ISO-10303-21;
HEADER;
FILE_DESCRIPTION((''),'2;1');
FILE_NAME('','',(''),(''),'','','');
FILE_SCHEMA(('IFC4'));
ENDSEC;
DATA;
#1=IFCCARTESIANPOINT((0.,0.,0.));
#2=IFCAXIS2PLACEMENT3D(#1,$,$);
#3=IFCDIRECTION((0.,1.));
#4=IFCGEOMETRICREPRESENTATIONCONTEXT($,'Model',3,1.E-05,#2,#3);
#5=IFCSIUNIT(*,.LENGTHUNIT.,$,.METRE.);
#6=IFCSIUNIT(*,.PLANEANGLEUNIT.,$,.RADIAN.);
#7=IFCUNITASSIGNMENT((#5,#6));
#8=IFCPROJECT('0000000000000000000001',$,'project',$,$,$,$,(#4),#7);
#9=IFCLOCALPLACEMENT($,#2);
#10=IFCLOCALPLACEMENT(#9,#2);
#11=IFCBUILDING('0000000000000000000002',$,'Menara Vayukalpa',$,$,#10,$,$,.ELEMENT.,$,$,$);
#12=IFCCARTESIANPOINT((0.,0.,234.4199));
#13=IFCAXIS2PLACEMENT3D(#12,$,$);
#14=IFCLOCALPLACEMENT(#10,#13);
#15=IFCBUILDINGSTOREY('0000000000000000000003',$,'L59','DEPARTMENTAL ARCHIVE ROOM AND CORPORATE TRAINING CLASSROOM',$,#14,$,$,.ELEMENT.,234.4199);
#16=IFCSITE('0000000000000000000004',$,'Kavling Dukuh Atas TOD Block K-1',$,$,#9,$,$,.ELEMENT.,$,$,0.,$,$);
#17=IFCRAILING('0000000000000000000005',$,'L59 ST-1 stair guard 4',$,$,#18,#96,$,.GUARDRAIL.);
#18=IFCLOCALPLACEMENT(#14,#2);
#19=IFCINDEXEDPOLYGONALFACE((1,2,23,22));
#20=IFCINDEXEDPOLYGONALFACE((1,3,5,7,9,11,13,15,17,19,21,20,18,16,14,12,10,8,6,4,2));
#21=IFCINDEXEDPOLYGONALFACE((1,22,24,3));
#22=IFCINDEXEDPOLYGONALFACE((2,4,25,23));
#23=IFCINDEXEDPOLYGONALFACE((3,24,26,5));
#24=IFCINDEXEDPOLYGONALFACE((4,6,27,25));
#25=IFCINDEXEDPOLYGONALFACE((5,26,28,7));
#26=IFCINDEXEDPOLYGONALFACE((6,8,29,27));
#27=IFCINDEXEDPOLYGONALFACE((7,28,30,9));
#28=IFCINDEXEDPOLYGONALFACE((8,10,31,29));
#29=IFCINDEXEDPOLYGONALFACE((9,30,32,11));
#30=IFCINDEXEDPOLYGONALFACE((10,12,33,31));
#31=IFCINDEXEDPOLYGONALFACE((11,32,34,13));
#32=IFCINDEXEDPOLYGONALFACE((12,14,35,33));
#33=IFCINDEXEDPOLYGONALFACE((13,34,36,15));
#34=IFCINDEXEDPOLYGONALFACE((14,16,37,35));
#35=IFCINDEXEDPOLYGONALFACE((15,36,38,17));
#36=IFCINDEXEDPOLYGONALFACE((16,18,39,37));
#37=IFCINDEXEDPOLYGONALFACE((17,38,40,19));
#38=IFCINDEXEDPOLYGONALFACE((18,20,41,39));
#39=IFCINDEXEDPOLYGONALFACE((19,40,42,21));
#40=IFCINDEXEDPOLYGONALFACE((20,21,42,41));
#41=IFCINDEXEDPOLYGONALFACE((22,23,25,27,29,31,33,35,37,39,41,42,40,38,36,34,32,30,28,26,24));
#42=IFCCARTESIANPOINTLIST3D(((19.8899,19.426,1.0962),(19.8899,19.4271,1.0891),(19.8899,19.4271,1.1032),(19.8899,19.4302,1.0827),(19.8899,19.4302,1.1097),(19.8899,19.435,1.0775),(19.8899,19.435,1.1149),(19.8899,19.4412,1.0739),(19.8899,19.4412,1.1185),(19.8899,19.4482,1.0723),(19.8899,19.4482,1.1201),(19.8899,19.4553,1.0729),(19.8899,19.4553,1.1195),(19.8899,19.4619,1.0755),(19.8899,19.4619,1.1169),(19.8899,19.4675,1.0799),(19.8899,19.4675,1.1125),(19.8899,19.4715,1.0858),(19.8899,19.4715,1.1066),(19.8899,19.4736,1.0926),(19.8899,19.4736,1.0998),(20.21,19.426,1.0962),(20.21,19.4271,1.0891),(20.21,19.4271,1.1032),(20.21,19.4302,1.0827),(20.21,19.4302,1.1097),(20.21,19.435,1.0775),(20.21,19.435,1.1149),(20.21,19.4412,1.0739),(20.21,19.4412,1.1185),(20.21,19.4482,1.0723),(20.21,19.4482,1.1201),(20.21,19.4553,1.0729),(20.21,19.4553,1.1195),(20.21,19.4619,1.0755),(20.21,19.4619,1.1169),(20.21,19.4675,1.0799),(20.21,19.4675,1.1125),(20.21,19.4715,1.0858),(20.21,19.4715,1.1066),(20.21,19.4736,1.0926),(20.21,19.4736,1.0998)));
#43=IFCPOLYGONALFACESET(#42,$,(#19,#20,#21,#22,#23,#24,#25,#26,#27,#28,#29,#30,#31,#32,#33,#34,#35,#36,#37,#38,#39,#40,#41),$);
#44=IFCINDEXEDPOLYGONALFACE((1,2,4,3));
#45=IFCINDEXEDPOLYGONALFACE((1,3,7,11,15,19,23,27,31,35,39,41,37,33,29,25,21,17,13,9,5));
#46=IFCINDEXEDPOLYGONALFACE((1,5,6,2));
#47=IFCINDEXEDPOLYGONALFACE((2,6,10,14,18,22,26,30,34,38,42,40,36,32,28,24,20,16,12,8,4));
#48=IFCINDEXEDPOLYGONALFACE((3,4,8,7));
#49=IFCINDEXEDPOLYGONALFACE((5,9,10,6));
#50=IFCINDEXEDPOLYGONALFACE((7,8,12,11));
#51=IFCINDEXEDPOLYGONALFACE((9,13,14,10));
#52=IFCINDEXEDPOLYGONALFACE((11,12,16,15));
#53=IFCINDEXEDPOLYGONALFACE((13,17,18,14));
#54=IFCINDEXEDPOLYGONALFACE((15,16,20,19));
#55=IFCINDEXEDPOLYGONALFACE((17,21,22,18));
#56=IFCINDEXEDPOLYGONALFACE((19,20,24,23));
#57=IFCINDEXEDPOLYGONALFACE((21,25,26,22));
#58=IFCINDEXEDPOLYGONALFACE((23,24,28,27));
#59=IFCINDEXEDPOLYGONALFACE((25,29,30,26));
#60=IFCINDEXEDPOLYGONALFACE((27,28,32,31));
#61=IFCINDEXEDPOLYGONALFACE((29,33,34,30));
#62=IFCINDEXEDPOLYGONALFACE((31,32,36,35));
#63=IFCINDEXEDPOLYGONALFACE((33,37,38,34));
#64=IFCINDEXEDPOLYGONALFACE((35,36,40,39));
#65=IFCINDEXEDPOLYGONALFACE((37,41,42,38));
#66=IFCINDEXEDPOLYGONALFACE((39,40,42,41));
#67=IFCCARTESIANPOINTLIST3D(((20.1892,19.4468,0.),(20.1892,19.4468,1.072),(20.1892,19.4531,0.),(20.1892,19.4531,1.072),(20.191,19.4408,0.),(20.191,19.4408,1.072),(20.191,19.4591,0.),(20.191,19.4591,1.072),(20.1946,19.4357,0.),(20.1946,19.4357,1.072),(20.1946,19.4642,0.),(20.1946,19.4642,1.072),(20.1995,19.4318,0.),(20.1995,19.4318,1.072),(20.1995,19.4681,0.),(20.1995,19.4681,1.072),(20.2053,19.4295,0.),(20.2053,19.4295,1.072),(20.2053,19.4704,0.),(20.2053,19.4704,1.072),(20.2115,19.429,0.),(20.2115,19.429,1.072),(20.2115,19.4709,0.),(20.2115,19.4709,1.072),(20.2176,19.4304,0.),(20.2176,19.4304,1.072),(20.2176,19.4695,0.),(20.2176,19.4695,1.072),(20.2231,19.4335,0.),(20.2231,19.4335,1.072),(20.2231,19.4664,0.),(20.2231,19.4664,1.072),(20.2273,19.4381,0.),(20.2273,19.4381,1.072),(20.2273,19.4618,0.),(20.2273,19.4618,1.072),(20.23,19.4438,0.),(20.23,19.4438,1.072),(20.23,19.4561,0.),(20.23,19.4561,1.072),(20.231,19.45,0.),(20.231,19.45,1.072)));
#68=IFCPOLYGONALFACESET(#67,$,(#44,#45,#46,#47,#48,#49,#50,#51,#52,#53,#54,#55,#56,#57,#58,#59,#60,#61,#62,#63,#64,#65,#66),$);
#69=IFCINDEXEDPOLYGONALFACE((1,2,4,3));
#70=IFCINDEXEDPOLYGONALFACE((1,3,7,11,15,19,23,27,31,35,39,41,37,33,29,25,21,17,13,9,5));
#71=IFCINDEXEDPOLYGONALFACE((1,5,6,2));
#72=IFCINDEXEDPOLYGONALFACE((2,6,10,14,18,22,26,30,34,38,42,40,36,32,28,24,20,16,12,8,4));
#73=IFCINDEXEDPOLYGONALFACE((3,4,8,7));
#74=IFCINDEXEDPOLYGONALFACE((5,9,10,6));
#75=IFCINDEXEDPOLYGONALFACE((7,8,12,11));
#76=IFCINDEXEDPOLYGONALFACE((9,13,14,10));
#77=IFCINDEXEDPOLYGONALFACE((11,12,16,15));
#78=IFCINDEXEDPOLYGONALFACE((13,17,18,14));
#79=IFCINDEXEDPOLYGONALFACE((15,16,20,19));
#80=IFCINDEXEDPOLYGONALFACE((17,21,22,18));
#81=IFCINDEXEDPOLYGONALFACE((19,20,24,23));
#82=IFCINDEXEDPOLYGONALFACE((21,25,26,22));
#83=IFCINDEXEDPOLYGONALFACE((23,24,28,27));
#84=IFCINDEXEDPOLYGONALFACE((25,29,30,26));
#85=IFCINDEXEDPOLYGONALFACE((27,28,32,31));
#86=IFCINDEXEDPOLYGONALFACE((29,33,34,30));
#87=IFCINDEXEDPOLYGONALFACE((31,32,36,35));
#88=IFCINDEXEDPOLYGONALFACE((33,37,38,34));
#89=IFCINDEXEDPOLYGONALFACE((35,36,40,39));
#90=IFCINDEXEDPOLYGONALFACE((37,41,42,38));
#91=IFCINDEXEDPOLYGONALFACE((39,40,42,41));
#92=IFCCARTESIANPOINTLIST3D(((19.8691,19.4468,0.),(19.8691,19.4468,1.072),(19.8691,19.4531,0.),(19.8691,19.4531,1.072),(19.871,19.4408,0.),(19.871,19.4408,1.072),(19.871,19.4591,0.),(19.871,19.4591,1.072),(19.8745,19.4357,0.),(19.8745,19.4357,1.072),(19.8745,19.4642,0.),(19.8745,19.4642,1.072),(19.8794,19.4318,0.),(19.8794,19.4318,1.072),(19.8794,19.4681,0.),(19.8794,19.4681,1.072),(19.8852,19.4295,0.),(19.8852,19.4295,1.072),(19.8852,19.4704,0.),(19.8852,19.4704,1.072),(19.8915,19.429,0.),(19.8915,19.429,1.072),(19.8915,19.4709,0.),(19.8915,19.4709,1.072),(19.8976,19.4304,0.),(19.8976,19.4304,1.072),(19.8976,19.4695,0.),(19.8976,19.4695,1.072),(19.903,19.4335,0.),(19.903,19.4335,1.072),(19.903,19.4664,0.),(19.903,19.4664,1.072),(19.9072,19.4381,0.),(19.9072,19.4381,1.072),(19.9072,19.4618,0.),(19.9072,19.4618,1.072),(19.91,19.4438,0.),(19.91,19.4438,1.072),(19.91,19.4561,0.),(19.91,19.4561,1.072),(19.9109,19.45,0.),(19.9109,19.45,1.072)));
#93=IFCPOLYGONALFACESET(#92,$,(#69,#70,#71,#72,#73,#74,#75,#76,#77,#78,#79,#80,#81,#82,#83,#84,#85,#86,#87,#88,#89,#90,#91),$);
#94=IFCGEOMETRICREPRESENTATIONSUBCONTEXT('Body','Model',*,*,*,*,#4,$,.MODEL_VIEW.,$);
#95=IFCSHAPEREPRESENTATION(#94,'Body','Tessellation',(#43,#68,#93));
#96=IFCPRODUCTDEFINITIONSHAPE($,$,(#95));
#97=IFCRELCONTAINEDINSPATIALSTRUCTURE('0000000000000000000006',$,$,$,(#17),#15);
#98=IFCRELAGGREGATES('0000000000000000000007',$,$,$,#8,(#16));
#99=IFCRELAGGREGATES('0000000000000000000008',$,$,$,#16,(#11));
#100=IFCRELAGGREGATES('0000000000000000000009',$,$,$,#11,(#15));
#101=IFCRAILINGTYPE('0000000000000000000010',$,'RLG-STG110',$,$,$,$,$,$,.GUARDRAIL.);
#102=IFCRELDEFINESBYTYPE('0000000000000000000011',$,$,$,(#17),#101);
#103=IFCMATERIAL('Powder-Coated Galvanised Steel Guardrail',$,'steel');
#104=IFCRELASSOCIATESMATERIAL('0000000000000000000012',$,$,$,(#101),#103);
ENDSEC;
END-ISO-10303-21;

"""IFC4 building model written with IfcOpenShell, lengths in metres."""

from ifc_helpers import new_model, si_unit, direction, frame, origin, origin_2d, place, context, subcontext, project, spatial, circle, extrude, material, type_object, element, save


model = new_model("IFC4")

# Units and contexts
model_context = context("Model", 3, precision=1e-05, world=origin(), true_north=direction((0.0, 1.0)))
body_context = subcontext(model_context, "Body", "Model", "MODEL_VIEW")
ifc_project = project(units=[si_unit("LENGTHUNIT", "METRE"), si_unit("PLANEANGLEUNIT", "RADIAN")], contexts=[model_context])

# Site, building, storey
site_placement = place(None, origin())
site = spatial("IfcSite", under=ifc_project, at=site_placement, Name="Kavling Dukuh Atas TOD Block K-1", CompositionType="ELEMENT", RefElevation=0.0)
building_placement = place(site_placement, origin())
building = spatial("IfcBuilding", under=site, at=building_placement, Name="Menara Vayukalpa", CompositionType="ELEMENT")
storey_placement = place(building_placement, frame((0.0, 0.0, 234.4199)))
storey = spatial("IfcBuildingStorey", under=building, at=storey_placement, Name="L59", Description="DEPARTMENTAL ARCHIVE ROOM AND CORPORATE TRAINING CLASSROOM", CompositionType="ELEMENT", Elevation=234.4199)

# Railing
ifc_material_1 = material(Name="Powder-Coated Galvanised Steel Guardrail", Category="steel")
railing_type = type_object("IfcRailingType", Name="RLG-STG110", PredefinedType="GUARDRAIL", material=ifc_material_1)
railing_1_placement = place(storey_placement, frame((20.21, 19.45, 0.0)))
element("IfcRailing", 1, at=railing_1_placement, inside=storey, type_object=railing_type, Name="L59 ST-1 stair guard 4", PredefinedType="GUARDRAIL", context=body_context, shape_type="SweptSolid", body=[
    extrude(circle(Radius=0.0239, at=origin_2d()), frame((0.0, 0.0, 1.0962), z_axis=(-1.0, 0.0, 0.0), x_axis=(0.0, -1.0, 0.0)), (0.0, 0.0, 1.0), 0.3201),
    extrude(circle(Radius=0.021, at=origin_2d()), origin(), (0.0, 0.0, 1.0), 1.072),
    extrude(circle(Radius=0.021, at=origin_2d()), frame((-0.3201, 0.0, 0.0)), (0.0, 0.0, 1.0), 1.072),
])

save(model, "model.ifc")
